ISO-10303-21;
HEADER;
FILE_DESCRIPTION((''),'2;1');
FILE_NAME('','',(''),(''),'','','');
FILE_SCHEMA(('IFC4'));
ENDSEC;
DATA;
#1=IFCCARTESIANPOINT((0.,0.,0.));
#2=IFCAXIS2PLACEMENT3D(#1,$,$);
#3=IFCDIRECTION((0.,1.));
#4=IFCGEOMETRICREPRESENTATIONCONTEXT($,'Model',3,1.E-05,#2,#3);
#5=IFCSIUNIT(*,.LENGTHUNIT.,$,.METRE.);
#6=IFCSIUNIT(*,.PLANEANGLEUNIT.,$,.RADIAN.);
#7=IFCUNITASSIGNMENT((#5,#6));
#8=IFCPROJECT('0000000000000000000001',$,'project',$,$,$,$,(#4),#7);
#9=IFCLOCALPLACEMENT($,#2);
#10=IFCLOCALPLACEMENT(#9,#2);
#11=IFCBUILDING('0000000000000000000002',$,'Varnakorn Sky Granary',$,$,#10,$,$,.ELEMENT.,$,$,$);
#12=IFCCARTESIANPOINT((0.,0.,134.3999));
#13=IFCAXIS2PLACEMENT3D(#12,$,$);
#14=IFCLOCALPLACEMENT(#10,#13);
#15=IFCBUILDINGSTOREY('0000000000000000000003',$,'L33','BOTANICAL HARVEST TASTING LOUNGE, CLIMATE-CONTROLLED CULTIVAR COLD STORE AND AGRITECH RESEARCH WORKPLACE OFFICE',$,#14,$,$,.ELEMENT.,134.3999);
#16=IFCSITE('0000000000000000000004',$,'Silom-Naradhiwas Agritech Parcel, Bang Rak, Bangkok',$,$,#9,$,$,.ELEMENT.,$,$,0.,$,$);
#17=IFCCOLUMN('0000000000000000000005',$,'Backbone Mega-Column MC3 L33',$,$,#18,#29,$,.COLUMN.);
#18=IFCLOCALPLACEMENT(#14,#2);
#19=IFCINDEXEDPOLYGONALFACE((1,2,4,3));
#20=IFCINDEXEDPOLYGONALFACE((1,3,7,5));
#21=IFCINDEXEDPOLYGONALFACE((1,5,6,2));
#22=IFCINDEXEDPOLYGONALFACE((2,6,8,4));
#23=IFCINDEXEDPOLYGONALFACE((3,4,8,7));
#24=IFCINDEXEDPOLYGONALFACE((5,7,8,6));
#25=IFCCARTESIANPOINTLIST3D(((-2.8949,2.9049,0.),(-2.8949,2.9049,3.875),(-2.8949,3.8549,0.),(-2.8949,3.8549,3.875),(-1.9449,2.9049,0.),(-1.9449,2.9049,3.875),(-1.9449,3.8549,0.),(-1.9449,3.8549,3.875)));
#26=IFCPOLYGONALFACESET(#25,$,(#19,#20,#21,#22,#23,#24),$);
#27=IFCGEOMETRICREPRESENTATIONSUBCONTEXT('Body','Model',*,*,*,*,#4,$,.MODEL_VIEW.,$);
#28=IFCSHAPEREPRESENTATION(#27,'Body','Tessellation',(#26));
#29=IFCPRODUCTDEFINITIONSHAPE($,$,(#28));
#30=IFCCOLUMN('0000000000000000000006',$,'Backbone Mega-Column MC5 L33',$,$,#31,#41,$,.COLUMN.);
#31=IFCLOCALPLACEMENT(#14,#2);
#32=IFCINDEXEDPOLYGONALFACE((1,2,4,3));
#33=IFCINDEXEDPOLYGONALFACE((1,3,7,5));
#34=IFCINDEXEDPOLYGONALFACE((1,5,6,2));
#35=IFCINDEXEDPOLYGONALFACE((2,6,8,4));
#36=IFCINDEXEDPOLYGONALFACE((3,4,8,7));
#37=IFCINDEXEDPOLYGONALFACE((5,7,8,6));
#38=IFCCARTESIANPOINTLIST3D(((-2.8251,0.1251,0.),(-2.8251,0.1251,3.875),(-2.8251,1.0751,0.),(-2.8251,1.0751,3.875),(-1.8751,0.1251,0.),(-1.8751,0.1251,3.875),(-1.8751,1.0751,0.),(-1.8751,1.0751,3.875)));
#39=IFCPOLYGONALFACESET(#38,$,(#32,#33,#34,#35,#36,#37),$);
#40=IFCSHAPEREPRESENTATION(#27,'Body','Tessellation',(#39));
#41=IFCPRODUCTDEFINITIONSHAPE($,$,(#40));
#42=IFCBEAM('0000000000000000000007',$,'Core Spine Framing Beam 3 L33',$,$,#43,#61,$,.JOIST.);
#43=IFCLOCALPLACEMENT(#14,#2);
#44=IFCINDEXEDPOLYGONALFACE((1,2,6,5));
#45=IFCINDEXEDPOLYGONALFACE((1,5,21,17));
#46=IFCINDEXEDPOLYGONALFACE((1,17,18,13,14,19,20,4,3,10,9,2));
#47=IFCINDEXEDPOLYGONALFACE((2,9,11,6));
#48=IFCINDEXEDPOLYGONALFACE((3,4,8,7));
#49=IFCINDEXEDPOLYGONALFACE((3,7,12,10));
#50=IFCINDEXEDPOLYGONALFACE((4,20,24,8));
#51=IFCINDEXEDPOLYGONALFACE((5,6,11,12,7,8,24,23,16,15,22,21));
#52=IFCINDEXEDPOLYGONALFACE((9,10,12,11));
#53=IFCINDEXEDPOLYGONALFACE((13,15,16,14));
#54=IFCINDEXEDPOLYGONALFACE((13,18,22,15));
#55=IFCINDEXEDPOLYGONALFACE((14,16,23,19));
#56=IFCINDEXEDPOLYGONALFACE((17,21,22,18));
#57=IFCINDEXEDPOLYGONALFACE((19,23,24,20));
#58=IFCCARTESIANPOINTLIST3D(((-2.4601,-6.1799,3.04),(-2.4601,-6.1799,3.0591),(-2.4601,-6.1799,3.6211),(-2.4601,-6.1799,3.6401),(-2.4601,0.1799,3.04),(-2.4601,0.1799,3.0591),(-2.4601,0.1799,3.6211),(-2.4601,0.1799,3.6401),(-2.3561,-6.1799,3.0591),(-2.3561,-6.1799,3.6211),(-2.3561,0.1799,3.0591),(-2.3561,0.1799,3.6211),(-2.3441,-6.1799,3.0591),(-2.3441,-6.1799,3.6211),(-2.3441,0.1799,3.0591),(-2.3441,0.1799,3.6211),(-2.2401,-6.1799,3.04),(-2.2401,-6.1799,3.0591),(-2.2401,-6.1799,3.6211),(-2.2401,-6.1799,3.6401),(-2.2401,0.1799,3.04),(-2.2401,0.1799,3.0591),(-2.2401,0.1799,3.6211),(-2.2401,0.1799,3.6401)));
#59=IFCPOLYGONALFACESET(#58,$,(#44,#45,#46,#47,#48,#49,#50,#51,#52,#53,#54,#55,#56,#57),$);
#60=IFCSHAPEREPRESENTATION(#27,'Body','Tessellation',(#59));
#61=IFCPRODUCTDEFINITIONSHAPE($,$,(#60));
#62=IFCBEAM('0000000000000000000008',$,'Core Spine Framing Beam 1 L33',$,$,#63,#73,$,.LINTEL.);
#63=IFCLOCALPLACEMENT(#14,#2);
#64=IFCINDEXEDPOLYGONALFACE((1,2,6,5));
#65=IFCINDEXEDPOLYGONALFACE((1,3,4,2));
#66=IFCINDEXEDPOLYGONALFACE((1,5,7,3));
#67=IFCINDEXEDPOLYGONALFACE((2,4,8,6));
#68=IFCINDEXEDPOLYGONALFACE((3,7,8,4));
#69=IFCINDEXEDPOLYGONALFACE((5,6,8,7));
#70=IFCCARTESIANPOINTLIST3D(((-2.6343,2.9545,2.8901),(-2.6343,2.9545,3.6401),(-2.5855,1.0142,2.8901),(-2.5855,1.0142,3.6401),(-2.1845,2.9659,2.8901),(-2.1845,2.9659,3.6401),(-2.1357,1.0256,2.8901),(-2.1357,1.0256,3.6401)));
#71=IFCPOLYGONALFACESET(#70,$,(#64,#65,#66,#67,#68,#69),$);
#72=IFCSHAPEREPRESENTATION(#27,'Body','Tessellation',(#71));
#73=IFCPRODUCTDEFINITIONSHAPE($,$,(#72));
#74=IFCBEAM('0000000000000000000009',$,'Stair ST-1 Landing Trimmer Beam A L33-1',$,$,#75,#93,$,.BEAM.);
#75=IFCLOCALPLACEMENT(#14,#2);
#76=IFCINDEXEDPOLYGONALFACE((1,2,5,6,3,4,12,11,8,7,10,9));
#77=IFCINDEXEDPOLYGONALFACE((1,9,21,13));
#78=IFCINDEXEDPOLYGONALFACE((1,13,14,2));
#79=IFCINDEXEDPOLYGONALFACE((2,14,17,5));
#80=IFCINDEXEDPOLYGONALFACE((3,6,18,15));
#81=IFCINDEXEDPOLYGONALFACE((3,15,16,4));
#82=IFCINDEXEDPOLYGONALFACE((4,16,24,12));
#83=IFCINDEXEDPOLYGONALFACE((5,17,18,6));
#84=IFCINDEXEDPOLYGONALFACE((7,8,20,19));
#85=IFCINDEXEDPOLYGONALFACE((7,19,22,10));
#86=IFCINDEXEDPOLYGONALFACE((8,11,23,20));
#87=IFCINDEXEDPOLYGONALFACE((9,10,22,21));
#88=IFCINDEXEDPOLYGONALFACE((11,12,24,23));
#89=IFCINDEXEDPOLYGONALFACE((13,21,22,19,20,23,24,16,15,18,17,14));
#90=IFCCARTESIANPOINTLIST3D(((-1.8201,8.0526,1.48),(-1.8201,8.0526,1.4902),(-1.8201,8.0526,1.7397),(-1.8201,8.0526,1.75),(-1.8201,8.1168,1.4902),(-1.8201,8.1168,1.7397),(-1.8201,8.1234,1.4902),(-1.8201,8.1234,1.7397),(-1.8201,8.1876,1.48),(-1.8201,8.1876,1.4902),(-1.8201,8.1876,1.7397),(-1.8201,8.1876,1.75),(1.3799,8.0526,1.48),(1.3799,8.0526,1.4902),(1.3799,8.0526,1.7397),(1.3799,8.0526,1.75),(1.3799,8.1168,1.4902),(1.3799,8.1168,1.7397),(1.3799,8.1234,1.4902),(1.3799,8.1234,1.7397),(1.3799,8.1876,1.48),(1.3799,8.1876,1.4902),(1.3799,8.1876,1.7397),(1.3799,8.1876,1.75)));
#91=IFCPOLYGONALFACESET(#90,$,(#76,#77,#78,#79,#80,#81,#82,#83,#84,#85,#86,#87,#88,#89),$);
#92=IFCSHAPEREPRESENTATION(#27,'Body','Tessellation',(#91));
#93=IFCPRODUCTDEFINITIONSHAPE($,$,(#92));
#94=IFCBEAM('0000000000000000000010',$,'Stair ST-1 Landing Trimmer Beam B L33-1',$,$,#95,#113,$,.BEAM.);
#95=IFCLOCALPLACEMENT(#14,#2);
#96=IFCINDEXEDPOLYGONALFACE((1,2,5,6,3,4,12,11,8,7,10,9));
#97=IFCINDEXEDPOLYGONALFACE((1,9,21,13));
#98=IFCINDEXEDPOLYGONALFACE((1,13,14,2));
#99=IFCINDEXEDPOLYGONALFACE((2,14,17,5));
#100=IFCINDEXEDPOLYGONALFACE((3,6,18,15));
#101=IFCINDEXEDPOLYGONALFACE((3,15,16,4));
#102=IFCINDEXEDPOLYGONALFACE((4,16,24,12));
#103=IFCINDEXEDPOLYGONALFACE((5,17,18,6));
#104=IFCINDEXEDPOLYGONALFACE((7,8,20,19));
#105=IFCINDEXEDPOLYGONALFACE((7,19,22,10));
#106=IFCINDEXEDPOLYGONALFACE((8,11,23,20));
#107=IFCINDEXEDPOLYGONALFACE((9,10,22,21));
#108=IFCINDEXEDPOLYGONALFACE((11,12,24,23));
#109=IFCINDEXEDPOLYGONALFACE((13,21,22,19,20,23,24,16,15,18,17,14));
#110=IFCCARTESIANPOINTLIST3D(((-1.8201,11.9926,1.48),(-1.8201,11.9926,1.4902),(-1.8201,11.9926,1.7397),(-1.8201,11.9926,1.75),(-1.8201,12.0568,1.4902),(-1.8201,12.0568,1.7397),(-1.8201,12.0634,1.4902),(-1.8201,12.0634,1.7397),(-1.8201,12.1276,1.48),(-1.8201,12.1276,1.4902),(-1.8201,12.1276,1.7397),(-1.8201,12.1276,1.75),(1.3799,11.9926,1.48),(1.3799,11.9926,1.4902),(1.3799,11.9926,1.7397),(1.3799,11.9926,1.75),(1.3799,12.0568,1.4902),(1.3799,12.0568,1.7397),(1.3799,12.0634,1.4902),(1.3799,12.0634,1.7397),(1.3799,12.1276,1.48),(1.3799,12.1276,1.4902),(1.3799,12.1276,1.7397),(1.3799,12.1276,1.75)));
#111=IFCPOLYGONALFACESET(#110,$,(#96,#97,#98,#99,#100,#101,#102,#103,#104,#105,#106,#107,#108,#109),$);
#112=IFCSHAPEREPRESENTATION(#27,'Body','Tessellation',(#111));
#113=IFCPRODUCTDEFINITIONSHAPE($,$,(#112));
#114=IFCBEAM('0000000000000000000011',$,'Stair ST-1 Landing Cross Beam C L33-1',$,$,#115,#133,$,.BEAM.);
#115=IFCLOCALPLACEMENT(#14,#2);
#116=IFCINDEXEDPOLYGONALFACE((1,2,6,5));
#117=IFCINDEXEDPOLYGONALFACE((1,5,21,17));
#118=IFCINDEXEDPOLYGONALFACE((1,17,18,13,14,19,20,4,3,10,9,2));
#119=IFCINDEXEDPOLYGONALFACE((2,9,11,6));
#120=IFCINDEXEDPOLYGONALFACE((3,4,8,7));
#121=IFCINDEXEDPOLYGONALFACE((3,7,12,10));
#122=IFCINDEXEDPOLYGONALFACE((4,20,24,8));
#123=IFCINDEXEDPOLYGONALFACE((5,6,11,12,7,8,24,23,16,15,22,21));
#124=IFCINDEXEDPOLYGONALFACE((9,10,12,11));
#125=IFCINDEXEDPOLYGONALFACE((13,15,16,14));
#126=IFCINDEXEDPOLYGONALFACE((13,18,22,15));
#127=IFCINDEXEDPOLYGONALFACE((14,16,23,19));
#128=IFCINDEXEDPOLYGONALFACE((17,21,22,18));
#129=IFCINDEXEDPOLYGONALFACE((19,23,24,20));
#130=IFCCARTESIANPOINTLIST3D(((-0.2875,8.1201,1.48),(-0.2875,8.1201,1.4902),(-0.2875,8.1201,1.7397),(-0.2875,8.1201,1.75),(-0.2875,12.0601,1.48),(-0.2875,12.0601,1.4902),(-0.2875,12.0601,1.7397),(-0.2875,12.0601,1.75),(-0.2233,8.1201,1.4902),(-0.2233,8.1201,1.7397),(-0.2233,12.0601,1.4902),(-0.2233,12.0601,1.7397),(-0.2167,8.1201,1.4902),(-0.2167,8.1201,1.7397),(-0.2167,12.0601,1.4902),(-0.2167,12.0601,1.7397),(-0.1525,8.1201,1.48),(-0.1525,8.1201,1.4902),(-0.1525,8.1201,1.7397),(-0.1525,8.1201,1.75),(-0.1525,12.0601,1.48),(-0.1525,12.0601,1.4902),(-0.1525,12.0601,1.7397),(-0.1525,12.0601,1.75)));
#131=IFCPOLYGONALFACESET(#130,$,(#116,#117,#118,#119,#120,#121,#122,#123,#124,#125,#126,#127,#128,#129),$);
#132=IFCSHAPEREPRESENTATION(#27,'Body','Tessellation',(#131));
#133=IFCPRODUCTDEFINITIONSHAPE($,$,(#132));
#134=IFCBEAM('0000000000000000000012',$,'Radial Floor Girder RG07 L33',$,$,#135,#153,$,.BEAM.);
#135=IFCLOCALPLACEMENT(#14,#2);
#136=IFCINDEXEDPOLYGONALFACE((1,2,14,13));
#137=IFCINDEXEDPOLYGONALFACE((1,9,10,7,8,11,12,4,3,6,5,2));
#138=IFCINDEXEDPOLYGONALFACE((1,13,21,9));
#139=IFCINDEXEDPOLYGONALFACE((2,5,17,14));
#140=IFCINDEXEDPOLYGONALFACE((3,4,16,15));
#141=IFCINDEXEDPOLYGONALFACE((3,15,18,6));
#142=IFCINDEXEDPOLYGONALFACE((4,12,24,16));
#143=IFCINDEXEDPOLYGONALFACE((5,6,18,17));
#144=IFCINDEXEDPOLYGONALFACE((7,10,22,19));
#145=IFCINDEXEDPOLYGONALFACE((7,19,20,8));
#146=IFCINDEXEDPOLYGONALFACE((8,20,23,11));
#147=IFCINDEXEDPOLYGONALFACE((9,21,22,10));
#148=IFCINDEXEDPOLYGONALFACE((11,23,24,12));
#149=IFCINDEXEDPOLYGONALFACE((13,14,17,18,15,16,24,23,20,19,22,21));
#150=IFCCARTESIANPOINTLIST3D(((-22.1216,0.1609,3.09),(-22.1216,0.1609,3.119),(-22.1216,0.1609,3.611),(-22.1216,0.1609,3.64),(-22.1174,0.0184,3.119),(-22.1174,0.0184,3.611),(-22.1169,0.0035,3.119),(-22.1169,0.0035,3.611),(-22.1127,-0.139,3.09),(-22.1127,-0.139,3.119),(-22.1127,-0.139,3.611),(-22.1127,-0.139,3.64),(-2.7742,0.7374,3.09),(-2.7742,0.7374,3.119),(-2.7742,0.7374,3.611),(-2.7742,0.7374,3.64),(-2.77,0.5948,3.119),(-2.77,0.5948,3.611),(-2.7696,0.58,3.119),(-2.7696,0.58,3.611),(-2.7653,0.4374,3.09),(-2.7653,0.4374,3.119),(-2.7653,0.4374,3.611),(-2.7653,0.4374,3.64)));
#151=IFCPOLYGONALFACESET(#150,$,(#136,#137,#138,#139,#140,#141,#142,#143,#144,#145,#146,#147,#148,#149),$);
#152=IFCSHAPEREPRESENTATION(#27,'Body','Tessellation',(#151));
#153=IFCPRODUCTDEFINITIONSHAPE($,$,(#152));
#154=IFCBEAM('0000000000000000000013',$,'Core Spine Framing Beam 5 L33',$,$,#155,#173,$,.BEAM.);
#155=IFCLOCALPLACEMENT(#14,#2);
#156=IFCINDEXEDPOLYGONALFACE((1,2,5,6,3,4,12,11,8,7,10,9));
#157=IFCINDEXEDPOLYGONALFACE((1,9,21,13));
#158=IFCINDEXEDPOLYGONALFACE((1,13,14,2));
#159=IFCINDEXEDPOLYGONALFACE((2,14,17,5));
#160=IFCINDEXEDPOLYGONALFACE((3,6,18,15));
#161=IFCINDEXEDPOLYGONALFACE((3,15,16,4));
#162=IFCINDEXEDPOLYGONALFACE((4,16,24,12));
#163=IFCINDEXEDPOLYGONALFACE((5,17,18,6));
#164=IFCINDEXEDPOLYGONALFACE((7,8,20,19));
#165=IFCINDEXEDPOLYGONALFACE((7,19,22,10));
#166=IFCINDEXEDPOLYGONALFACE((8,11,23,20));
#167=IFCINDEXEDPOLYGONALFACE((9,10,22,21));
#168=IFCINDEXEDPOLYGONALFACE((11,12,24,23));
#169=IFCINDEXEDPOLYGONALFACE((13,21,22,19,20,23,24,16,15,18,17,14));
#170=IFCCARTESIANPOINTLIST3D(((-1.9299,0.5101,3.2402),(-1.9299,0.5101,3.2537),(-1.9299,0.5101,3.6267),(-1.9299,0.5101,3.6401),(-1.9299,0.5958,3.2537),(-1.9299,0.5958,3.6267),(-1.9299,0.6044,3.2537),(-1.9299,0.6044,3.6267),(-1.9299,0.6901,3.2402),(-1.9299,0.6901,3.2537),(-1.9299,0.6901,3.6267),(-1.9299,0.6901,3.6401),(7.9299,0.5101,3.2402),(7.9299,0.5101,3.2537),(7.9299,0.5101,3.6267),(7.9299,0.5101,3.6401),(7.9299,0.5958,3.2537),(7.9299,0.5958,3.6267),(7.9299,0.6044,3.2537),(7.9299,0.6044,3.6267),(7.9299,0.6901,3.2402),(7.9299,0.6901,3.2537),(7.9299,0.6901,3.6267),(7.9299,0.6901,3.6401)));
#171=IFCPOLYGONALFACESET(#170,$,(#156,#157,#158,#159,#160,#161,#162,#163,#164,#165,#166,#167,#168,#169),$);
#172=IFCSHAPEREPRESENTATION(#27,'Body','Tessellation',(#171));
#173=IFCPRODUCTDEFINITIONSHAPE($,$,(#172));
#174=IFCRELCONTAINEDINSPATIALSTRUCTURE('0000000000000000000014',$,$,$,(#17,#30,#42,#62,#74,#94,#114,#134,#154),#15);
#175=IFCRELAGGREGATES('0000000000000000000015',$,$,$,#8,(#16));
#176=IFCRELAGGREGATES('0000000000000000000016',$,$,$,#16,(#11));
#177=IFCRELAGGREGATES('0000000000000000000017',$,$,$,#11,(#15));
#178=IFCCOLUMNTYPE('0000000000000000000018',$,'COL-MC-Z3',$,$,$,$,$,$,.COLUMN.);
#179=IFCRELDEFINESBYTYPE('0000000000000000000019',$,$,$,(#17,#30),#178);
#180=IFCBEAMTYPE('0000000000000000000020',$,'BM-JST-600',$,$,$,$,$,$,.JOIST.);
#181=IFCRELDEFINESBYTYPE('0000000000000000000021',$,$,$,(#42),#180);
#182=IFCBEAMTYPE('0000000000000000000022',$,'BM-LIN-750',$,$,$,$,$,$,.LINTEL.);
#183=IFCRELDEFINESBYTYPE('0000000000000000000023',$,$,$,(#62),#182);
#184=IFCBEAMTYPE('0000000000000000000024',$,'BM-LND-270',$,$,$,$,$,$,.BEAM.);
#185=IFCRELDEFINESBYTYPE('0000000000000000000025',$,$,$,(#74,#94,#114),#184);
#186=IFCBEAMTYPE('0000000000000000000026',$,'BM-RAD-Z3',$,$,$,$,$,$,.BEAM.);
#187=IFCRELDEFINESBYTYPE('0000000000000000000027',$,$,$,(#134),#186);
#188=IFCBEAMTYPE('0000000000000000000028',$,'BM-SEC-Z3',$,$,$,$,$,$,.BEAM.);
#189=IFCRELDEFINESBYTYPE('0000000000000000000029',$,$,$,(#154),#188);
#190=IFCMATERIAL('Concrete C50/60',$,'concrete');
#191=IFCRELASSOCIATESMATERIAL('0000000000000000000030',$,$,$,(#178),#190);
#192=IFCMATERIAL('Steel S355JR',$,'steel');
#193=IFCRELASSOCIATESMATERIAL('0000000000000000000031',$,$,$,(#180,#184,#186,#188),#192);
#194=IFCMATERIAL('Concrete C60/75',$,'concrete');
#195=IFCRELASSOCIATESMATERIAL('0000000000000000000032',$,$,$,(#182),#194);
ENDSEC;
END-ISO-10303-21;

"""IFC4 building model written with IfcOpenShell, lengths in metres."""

from ifc_helpers import new_model, si_unit, direction, frame, origin, origin_2d, place, context, subcontext, project, spatial, rectangle, i_section, extrude, material, material_profile, profile_set, type_object, element, save


model = new_model("IFC4")

# Units and contexts
model_context = context("Model", 3, precision=1e-05, world=origin(), true_north=direction((0.0, 1.0)))
body_context = subcontext(model_context, "Body", "Model", "MODEL_VIEW")
ifc_project = project(units=[si_unit("LENGTHUNIT", "METRE"), si_unit("PLANEANGLEUNIT", "RADIAN")], contexts=[model_context])

# Site, building, storey
site_placement = place(None, origin())
site = spatial("IfcSite", under=ifc_project, at=site_placement, Name="Silom-Naradhiwas Agritech Parcel, Bang Rak, Bangkok", CompositionType="ELEMENT", RefElevation=0.0)
building_placement = place(site_placement, origin())
building = spatial("IfcBuilding", under=site, at=building_placement, Name="Varnakorn Sky Granary", CompositionType="ELEMENT")
storey_placement = place(building_placement, frame((0.0, 0.0, 134.3999)))
storey = spatial("IfcBuildingStorey", under=building, at=storey_placement, Name="L33", Description="BOTANICAL HARVEST TASTING LOUNGE, CLIMATE-CONTROLLED CULTIVAR COLD STORE AND AGRITECH RESEARCH WORKPLACE OFFICE", CompositionType="ELEMENT", Elevation=134.3999)

# Columns
ifc_material_1 = material(Name="Concrete C50/60", Category="concrete")
ifc_material_profile_1 = material_profile(ifc_material_1, rectangle(XDim=0.95, YDim=0.95, at=origin_2d()), Name="RC 950x950")
ifc_profile_set_1 = profile_set([ifc_material_profile_1], Name="Concrete C50/60")
column_type = type_object("IfcColumnType", Name="COL-MC-Z3", PredefinedType="COLUMN", material=ifc_profile_set_1)
for number, where, z_axis, x_axis, name in (
    (1, (-2.4199, 3.3799, 0.0), (0.0, 0.0, 1.0), (1.0, 0.0, 0.0), "Backbone Mega-Column MC3 L33"),
    (2, (-2.3501, 0.6001, 0.0), (0.0, 0.0, 1.0), (1.0, 0.0, 0.0), "Backbone Mega-Column MC5 L33"),
):
    element("IfcColumn", number, at=place(storey_placement, frame(where, z_axis=z_axis, x_axis=x_axis)), inside=storey, type_object=column_type, Name=name, PredefinedType="COLUMN", context=body_context, shape_type="SweptSolid", body=[
        extrude(rectangle(XDim=0.95, YDim=0.95, at=origin_2d()), origin(), (0.0, 0.0, 1.0), 3.875),
    ])

# Beams
ifc_material_2 = material(Name="Steel S355JR", Category="steel")
ifc_material_profile_2 = material_profile(ifc_material_2, i_section(OverallWidth=0.22, OverallDepth=0.6001, WebThickness=0.012, FlangeThickness=0.019, at=origin_2d()), Name="IPE 600")
ifc_profile_set_2 = profile_set([ifc_material_profile_2], Name="Steel S355JR")
beam_type_1 = type_object("IfcBeamType", Name="BM-JST-600", PredefinedType="JOIST", material=ifc_profile_set_2)
beam_1_placement = place(storey_placement, frame((-2.3501, 0.1799, 3.3401), z_axis=(0.0, -1.0, 0.0), x_axis=(1.0, 0.0, 0.0)))
element("IfcBeam", 3, at=beam_1_placement, inside=storey, type_object=beam_type_1, Name="Core Spine Framing Beam 3 L33", PredefinedType="JOIST", context=body_context, shape_type="SweptSolid", body=[
    extrude(i_section(OverallWidth=0.22, OverallDepth=0.6001, WebThickness=0.012, FlangeThickness=0.019, at=origin_2d()), origin(), (0.0, 0.0, 1.0), 6.3599),
])
ifc_material_3 = material(Name="Concrete C60/75", Category="concrete")
ifc_material_profile_3 = material_profile(ifc_material_3, rectangle(XDim=0.45, YDim=0.75, at=origin_2d()), Name="RC 450x750")
ifc_profile_set_3 = profile_set([ifc_material_profile_3], Name="Concrete C60/75")
beam_type_2 = type_object("IfcBeamType", Name="BM-LIN-750", PredefinedType="LINTEL", material=ifc_profile_set_3)
beam_2_placement = place(storey_placement, frame((-2.4094, 2.9602, 3.2651), z_axis=(0.025159, -0.999683, 0.0), x_axis=(0.999683, 0.025159, 0.0)))
element("IfcBeam", 4, at=beam_2_placement, inside=storey, type_object=beam_type_2, Name="Core Spine Framing Beam 1 L33", PredefinedType="LINTEL", context=body_context, shape_type="SweptSolid", body=[
    extrude(rectangle(XDim=0.45, YDim=0.75, at=origin_2d()), origin(), (0.0, 0.0, 1.0), 1.9409),
])
ifc_material_profile_4 = material_profile(ifc_material_2, i_section(OverallWidth=0.135, OverallDepth=0.27, WebThickness=0.0066, FlangeThickness=0.0103, at=origin_2d()), Name="IPE 270")
ifc_profile_set_4 = profile_set([ifc_material_profile_4], Name="Steel S355JR")
beam_type_3 = type_object("IfcBeamType", Name="BM-LND-270", PredefinedType="BEAM", material=ifc_profile_set_4)
for number, where, z_axis, x_axis, name in (
    (5, (-1.8201, 8.1201, 1.615), (1.0, 0.0, 0.0), (0.0, 1.0, 0.0), "Stair ST-1 Landing Trimmer Beam A L33-1"),
    (6, (-1.8201, 12.0601, 1.615), (1.0, 0.0, 0.0), (0.0, 1.0, 0.0), "Stair ST-1 Landing Trimmer Beam B L33-1"),
):
    element("IfcBeam", number, at=place(storey_placement, frame(where, z_axis=z_axis, x_axis=x_axis)), inside=storey, type_object=beam_type_3, Name=name, PredefinedType="BEAM", context=body_context, shape_type="SweptSolid", body=[
        extrude(i_section(OverallWidth=0.135, OverallDepth=0.27, WebThickness=0.0066, FlangeThickness=0.0103, at=origin_2d()), origin(), (0.0, 0.0, 1.0), 3.2),
    ])
beam_3_placement = place(storey_placement, frame((-0.22, 8.1201, 1.615), z_axis=(0.0, 1.0, 0.0), x_axis=(-1.0, 0.0, 0.0)))
element("IfcBeam", 7, at=beam_3_placement, inside=storey, type_object=beam_type_3, Name="Stair ST-1 Landing Cross Beam C L33-1", PredefinedType="BEAM", context=body_context, shape_type="SweptSolid", body=[
    extrude(i_section(OverallWidth=0.135, OverallDepth=0.27, WebThickness=0.0066, FlangeThickness=0.0103, at=origin_2d()), origin(), (0.0, 0.0, 1.0), 3.9399),
])
ifc_material_profile_5 = material_profile(ifc_material_2, i_section(OverallWidth=0.3, OverallDepth=0.55, WebThickness=0.0149, FlangeThickness=0.0291, at=origin_2d()), Name="HE 550 B")
ifc_profile_set_5 = profile_set([ifc_material_profile_5], Name="Steel S355JR")
beam_type_4 = type_object("IfcBeamType", Name="BM-RAD-Z3", PredefinedType="BEAM", material=ifc_profile_set_5)
beam_4_placement = place(storey_placement, frame((-2.7698, 0.5874, 3.365), z_axis=(-0.999556, -0.02978, 0.0), x_axis=(0.02978, -0.999556, 0.0)))
element("IfcBeam", 8, at=beam_4_placement, inside=storey, type_object=beam_type_4, Name="Radial Floor Girder RG07 L33", PredefinedType="BEAM", context=body_context, shape_type="SweptSolid", body=[
    extrude(i_section(OverallWidth=0.3, OverallDepth=0.55, WebThickness=0.0149, FlangeThickness=0.0291, at=origin_2d()), origin(), (0.0, 0.0, 1.0), 19.356),
])
ifc_material_profile_6 = material_profile(ifc_material_2, i_section(OverallWidth=0.1799, OverallDepth=0.3999, WebThickness=0.0085, FlangeThickness=0.0134, at=origin_2d()), Name="IPE 400")
ifc_profile_set_6 = profile_set([ifc_material_profile_6], Name="Steel S355JR")
beam_type_5 = type_object("IfcBeamType", Name="BM-SEC-Z3", PredefinedType="BEAM", material=ifc_profile_set_6)
beam_5_placement = place(storey_placement, frame((-1.9299, 0.6001, 3.4402), z_axis=(1.0, 0.0, 0.0), x_axis=(0.0, 1.0, 0.0)))
element("IfcBeam", 9, at=beam_5_placement, inside=storey, type_object=beam_type_5, Name="Core Spine Framing Beam 5 L33", PredefinedType="BEAM", context=body_context, shape_type="SweptSolid", body=[
    extrude(i_section(OverallWidth=0.1799, OverallDepth=0.3999, WebThickness=0.0085, FlangeThickness=0.0134, at=origin_2d()), origin(), (0.0, 0.0, 1.0), 9.8599),
])

save(model, "model.ifc")
